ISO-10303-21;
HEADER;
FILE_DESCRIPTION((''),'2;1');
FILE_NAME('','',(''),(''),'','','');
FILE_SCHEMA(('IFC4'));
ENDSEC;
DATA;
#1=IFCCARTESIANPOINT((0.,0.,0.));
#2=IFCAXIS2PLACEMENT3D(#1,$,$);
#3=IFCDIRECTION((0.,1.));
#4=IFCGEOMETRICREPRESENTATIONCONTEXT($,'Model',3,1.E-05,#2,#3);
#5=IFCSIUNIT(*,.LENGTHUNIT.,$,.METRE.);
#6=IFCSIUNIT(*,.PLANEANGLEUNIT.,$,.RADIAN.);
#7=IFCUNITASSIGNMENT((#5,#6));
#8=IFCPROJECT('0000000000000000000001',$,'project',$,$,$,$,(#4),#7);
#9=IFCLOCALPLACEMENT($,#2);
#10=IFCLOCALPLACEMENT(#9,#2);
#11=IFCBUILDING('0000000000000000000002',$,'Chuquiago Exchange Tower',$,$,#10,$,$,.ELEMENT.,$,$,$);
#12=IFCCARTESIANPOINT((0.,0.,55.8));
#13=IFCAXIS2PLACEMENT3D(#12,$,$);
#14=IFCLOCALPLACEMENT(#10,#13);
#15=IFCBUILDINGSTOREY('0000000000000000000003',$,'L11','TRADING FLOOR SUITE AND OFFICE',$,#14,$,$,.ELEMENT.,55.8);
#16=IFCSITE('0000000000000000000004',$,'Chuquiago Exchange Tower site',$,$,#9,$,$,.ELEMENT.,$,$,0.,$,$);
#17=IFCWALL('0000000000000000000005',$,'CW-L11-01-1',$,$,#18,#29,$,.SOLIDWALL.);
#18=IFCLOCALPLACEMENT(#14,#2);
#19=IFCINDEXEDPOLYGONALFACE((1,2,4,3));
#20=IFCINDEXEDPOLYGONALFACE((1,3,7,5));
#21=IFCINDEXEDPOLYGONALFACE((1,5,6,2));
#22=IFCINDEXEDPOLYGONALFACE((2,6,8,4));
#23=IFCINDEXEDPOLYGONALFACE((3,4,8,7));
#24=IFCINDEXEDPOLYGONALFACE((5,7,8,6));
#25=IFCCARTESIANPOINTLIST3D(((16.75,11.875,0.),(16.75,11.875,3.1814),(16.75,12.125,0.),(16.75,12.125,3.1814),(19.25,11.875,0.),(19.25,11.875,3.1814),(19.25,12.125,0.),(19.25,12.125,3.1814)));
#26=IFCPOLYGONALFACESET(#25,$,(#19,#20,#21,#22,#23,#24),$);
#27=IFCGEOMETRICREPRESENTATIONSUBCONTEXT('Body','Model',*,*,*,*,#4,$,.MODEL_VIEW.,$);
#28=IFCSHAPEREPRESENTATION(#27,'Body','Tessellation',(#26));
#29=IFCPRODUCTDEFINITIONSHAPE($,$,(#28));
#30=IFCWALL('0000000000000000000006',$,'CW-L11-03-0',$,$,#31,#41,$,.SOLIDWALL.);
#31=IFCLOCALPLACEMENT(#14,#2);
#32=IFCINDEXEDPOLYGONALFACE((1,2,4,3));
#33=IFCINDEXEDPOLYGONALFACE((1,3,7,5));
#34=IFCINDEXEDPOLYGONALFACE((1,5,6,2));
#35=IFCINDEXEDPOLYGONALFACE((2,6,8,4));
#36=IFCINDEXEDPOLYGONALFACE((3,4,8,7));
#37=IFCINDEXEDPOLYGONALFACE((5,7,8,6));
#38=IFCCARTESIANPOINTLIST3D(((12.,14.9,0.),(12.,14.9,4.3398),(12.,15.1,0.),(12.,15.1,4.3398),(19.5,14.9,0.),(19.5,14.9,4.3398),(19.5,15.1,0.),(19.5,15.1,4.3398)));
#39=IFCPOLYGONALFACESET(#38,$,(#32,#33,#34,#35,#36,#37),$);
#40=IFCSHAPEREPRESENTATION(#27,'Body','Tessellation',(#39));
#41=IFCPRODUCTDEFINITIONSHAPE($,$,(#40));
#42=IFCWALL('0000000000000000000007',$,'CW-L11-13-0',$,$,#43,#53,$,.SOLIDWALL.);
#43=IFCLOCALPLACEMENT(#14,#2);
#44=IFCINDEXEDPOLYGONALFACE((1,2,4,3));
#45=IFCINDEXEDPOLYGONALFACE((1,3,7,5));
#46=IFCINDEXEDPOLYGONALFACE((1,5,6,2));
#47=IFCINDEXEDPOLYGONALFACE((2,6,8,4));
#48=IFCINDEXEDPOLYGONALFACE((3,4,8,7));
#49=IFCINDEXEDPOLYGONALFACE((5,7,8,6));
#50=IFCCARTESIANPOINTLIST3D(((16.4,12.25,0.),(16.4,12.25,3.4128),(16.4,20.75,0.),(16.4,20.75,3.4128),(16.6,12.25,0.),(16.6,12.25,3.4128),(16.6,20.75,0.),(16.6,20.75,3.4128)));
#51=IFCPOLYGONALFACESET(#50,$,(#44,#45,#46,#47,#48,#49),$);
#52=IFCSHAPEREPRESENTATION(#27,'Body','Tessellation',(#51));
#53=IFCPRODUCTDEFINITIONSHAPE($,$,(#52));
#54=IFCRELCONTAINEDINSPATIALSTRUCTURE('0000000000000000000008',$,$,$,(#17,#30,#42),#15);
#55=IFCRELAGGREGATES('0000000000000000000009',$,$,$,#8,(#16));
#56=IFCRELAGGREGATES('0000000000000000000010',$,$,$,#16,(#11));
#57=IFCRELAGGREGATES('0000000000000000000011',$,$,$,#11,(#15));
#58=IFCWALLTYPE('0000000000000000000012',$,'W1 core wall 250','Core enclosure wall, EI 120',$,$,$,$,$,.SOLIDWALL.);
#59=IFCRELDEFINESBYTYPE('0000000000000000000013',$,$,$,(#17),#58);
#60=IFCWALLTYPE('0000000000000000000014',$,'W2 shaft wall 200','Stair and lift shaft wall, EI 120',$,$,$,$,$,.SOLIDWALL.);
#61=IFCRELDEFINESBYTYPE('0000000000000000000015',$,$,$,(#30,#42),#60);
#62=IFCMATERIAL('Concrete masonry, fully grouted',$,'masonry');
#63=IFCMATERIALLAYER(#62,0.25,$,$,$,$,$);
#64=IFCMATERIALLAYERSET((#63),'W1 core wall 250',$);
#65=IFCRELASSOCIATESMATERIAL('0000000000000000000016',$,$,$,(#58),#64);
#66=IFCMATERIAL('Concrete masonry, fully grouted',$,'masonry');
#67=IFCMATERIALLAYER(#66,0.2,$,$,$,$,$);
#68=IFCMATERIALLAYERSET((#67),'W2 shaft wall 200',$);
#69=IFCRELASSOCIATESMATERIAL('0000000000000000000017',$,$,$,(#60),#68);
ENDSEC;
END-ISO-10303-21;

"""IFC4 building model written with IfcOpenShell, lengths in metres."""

from ifc_helpers import new_model, si_unit, direction, frame, frame_2d, origin, place, context, subcontext, project, spatial, rectangle, extrude, material, layer, layer_set, type_object, element, save


model = new_model("IFC4")

# Units and contexts
model_context = context("Model", 3, precision=1e-05, world=origin(), true_north=direction((0.0, 1.0)))
body_context = subcontext(model_context, "Body", "Model", "MODEL_VIEW")
ifc_project = project(units=[si_unit("LENGTHUNIT", "METRE"), si_unit("PLANEANGLEUNIT", "RADIAN")], contexts=[model_context])

# Site, building, storey
site_placement = place(None, origin())
site = spatial("IfcSite", under=ifc_project, at=site_placement, Name="Chuquiago Exchange Tower site", CompositionType="ELEMENT", RefElevation=0.0)
building_placement = place(site_placement, origin())
building = spatial("IfcBuilding", under=site, at=building_placement, Name="Chuquiago Exchange Tower", CompositionType="ELEMENT")
storey_placement = place(building_placement, frame((0.0, 0.0, 55.8)))
storey = spatial("IfcBuildingStorey", under=building, at=storey_placement, Name="L11", Description="TRADING FLOOR SUITE AND OFFICE", CompositionType="ELEMENT", Elevation=55.8)

# Shared definitions
ifc_material_1 = material(Name="Concrete masonry, fully grouted", Category="masonry")
ifc_layer_1 = layer(ifc_material_1, 0.25)
ifc_layer_set_1 = layer_set([ifc_layer_1], Name="W1 core wall 250")
wall_type_1 = type_object("IfcWallType", Name="W1 core wall 250", Description="Core enclosure wall, EI 120", PredefinedType="SOLIDWALL", material=ifc_layer_set_1)

# Walls
wall_1_placement = place(storey_placement, frame((16.75, 12.0, 0.0), z_axis=(0.0, 0.0, 1.0), x_axis=(1.0, 0.0, 0.0)))
element("IfcWall", 1, at=wall_1_placement, inside=storey, type_object=wall_type_1, Name="CW-L11-01-1", PredefinedType="SOLIDWALL", context=body_context, shape_type="SweptSolid", body=[
    extrude(rectangle(XDim=2.5, YDim=0.25, at=frame_2d((1.25, 0.0))), origin(), (0.0, 0.0, 1.0), 3.1814),
])
ifc_material_2 = material(Name="Concrete masonry, fully grouted", Category="masonry")
ifc_layer_2 = layer(ifc_material_2, 0.2)
ifc_layer_set_2 = layer_set([ifc_layer_2], Name="W2 shaft wall 200")
wall_type_2 = type_object("IfcWallType", Name="W2 shaft wall 200", Description="Stair and lift shaft wall, EI 120", PredefinedType="SOLIDWALL", material=ifc_layer_set_2)
wall_2_placement = place(storey_placement, frame((12.0, 15.0, 0.0), z_axis=(0.0, 0.0, 1.0), x_axis=(1.0, 0.0, 0.0)))
element("IfcWall", 2, at=wall_2_placement, inside=storey, type_object=wall_type_2, Name="CW-L11-03-0", PredefinedType="SOLIDWALL", context=body_context, shape_type="SweptSolid", body=[
    extrude(rectangle(XDim=7.5, YDim=0.2, at=frame_2d((3.75, 0.0))), origin(), (0.0, 0.0, 1.0), 4.3398),
])
wall_3_placement = place(storey_placement, frame((16.5, 12.25, 0.0), z_axis=(0.0, 0.0, 1.0), x_axis=(0.0, 1.0, 0.0)))
element("IfcWall", 3, at=wall_3_placement, inside=storey, type_object=wall_type_2, Name="CW-L11-13-0", PredefinedType="SOLIDWALL", context=body_context, shape_type="SweptSolid", body=[
    extrude(rectangle(XDim=8.5, YDim=0.2, at=frame_2d((4.25, 0.0))), origin(), (0.0, 0.0, 1.0), 3.4128),
])

save(model, "model.ifc")
